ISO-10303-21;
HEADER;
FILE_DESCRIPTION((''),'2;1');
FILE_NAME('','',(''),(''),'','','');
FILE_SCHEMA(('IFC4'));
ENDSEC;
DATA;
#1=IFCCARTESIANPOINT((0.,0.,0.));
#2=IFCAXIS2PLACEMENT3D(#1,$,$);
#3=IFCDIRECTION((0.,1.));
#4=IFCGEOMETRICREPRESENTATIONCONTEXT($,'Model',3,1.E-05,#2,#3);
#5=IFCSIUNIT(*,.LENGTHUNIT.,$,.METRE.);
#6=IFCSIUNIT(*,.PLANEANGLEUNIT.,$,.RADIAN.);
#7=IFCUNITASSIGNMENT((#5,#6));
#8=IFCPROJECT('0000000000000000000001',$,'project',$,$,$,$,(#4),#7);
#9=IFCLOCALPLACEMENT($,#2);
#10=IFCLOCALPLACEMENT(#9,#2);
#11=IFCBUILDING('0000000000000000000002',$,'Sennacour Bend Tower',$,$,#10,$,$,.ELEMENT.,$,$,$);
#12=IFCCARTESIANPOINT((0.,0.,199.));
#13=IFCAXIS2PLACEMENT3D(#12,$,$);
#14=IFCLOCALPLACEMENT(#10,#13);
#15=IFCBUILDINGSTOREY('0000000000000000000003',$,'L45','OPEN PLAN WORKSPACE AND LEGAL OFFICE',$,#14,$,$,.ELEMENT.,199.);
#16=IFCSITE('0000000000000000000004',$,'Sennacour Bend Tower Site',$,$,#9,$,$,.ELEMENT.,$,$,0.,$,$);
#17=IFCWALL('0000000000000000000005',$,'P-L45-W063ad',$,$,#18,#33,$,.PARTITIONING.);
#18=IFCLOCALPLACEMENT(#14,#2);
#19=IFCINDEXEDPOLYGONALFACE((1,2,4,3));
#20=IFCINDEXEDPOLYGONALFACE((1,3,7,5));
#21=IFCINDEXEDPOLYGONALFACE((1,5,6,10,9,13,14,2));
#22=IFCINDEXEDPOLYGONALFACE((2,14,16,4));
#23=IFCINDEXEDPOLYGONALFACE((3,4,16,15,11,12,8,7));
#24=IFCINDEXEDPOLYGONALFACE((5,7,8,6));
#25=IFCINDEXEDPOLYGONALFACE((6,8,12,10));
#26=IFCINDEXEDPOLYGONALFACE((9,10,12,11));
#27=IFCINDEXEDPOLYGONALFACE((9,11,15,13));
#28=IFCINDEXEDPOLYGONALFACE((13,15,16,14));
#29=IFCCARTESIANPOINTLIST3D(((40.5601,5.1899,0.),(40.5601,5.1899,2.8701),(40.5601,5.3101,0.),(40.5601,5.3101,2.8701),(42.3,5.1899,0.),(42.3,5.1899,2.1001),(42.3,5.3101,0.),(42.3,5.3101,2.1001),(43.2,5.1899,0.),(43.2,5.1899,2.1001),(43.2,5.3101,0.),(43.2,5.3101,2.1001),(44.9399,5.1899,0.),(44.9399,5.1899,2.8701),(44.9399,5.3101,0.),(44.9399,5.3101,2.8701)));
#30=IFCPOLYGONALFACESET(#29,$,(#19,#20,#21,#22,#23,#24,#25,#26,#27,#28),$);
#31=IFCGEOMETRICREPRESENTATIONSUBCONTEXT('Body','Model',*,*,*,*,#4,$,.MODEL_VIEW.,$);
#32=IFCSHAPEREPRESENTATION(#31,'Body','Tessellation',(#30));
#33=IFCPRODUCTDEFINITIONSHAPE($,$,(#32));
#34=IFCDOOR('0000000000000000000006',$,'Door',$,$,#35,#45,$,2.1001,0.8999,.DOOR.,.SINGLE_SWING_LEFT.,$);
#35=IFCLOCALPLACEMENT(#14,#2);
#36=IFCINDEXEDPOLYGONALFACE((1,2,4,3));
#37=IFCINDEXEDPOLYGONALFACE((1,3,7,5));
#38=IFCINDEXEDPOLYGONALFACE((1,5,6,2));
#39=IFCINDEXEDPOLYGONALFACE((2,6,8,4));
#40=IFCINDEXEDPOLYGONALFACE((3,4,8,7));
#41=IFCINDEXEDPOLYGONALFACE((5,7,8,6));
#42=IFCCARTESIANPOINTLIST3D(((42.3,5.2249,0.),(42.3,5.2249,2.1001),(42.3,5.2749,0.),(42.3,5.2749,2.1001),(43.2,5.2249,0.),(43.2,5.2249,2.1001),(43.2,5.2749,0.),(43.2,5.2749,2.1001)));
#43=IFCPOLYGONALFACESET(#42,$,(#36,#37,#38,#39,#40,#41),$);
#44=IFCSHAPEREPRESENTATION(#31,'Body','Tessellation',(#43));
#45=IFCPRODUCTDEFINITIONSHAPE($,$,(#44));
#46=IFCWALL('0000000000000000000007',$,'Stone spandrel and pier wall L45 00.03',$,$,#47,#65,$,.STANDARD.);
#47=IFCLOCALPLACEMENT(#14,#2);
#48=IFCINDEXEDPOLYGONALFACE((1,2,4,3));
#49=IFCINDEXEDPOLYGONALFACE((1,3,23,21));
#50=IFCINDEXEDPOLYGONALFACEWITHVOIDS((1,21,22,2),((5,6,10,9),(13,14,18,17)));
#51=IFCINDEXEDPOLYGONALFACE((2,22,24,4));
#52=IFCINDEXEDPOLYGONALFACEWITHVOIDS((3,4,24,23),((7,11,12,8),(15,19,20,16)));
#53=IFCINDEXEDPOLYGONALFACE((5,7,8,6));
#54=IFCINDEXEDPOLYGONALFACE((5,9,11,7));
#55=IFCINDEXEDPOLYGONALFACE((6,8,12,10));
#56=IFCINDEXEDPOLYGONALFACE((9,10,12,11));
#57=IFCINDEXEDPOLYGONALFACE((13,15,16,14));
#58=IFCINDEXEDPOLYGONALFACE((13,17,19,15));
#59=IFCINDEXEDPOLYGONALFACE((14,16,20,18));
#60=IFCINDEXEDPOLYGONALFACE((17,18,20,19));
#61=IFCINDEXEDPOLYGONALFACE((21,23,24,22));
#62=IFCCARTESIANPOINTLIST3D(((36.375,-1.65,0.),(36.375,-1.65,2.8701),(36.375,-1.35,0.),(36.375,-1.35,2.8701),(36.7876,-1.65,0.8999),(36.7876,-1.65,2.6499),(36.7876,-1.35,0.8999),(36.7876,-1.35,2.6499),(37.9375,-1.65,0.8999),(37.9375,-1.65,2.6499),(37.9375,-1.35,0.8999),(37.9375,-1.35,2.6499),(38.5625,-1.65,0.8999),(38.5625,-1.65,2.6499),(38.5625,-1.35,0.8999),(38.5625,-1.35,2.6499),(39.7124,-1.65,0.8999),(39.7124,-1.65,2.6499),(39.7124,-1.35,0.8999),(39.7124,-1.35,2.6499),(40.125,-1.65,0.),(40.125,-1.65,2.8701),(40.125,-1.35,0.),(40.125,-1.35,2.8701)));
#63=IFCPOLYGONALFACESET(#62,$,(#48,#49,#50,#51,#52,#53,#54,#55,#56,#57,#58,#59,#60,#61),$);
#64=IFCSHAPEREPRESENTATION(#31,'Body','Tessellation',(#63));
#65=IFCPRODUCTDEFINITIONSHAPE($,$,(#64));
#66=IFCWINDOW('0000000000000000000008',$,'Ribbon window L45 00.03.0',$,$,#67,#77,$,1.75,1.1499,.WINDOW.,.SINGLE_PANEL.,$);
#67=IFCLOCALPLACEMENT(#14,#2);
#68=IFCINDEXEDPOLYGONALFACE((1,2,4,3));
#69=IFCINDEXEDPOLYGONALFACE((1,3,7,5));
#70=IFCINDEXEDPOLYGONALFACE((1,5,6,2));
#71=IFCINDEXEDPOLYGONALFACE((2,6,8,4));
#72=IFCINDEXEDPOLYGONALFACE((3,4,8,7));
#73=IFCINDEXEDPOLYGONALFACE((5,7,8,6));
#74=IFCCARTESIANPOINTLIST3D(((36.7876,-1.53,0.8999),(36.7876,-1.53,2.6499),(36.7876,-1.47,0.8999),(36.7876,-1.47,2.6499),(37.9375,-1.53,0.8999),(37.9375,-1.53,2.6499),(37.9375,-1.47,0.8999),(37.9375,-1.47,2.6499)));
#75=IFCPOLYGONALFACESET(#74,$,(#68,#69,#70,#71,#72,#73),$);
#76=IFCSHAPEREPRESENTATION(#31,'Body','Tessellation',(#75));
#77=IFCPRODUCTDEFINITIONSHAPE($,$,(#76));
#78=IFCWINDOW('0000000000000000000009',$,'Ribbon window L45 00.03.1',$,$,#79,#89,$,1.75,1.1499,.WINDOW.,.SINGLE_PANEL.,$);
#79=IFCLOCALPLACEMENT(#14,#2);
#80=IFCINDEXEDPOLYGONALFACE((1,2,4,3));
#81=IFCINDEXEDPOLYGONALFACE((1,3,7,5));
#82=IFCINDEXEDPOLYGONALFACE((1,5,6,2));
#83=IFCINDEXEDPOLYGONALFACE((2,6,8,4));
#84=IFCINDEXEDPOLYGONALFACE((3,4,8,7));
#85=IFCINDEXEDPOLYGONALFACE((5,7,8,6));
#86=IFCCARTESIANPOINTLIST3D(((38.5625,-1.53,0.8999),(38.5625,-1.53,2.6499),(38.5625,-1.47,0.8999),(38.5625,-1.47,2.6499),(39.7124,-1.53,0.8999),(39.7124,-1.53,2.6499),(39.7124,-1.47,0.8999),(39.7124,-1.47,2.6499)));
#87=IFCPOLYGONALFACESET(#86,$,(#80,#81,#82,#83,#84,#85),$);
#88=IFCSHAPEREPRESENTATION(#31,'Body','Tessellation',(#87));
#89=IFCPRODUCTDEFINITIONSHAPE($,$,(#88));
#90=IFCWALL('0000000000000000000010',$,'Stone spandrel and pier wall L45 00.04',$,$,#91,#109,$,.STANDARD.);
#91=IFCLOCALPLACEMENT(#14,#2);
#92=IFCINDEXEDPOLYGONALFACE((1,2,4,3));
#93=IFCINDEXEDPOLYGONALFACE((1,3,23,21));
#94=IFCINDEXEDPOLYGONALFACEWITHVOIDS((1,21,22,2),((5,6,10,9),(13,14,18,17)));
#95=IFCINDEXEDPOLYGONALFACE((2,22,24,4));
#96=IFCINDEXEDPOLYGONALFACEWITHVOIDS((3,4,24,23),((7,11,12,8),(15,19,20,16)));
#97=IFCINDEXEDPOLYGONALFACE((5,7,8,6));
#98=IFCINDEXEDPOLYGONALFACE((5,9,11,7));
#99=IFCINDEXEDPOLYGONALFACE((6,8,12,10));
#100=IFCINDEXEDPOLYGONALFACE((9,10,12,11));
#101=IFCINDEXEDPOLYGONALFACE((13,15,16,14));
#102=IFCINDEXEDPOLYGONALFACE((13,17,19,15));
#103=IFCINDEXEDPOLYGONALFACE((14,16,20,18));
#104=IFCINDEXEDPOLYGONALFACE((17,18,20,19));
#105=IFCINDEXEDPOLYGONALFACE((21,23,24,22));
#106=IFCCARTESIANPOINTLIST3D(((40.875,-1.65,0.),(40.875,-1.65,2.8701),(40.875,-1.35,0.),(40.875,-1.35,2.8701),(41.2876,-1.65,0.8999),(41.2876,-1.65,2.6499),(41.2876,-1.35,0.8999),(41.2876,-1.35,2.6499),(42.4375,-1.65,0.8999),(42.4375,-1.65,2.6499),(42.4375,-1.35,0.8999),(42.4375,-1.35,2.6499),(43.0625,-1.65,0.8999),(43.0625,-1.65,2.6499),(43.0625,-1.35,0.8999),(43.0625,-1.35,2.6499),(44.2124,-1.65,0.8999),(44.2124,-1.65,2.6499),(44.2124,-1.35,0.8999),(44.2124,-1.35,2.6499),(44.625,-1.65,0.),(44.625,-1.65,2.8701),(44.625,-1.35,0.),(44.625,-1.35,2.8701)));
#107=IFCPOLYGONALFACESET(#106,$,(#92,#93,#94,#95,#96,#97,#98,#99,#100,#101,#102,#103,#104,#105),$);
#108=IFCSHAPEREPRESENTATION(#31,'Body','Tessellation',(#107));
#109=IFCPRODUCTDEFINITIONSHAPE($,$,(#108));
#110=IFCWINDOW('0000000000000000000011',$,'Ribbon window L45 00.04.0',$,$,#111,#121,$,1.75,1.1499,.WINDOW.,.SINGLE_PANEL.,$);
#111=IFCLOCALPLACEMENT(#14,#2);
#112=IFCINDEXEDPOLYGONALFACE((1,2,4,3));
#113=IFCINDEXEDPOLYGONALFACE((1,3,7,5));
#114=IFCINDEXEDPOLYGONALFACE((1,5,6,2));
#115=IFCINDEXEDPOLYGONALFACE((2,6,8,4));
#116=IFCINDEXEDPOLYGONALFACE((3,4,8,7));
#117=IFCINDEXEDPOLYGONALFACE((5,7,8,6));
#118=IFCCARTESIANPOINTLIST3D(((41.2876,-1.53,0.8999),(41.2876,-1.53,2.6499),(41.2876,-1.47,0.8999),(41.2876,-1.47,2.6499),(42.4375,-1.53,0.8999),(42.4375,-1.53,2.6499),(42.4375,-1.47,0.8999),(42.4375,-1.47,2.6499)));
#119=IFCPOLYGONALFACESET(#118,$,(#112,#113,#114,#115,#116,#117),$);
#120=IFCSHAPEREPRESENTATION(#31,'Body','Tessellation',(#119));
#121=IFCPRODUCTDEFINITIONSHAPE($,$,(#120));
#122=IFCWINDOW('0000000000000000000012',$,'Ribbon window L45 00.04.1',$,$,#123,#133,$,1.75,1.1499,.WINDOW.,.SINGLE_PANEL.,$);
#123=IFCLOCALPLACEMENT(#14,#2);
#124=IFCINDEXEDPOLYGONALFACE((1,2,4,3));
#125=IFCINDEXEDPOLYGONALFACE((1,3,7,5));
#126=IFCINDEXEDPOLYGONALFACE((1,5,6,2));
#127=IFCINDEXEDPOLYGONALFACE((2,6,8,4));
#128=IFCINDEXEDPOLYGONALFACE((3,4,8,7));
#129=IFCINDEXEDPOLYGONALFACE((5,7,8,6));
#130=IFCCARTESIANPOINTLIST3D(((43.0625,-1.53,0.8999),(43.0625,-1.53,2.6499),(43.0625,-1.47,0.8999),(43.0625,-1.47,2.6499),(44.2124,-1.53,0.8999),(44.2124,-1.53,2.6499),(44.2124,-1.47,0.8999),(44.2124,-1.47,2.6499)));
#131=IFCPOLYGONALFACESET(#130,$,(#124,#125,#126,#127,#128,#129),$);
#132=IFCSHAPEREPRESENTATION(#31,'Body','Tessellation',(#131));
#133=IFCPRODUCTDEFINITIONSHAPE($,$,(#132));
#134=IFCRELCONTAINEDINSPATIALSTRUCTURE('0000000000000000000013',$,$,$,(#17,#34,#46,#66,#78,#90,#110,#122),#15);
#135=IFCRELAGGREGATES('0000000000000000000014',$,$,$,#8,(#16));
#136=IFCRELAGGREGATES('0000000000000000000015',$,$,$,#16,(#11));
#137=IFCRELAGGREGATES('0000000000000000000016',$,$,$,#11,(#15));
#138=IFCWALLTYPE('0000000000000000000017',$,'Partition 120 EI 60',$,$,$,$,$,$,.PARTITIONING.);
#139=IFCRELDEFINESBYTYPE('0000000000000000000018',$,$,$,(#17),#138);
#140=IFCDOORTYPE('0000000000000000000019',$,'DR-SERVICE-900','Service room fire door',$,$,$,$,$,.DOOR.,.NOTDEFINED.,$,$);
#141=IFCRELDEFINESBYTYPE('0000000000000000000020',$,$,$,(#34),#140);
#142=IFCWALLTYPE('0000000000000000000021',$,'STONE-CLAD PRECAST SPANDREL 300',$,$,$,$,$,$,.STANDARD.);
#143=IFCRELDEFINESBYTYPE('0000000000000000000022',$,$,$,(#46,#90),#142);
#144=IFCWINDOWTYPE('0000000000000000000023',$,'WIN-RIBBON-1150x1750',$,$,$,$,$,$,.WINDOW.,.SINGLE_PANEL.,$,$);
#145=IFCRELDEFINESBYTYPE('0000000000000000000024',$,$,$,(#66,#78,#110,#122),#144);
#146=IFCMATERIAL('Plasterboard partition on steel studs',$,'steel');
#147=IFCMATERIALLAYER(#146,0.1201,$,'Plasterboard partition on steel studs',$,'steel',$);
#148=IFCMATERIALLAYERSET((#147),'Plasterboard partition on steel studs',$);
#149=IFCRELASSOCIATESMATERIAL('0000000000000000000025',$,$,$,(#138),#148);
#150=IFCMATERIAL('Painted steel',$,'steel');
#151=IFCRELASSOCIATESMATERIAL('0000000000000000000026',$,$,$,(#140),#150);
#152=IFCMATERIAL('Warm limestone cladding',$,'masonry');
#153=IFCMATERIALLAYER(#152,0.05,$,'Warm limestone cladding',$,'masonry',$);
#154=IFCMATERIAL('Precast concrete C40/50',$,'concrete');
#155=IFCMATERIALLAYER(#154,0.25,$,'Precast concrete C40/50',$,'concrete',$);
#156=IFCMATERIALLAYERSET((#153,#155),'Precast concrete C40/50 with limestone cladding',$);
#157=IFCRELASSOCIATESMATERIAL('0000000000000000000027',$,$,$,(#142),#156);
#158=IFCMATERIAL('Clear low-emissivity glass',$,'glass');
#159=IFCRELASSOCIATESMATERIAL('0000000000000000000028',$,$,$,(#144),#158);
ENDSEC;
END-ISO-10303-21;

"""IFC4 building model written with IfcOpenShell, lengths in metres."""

from ifc_helpers import new_model, si_unit, direction, frame, frame_2d, origin, place, context, subcontext, project, spatial, rectangle, extrude, material, layer, layer_set, type_object, element, fill, save


model = new_model("IFC4")

# Units and contexts
model_context = context("Model", 3, precision=1e-05, world=origin(), true_north=direction((0.0, 1.0)))
body_context = subcontext(model_context, "Body", "Model", "MODEL_VIEW")
ifc_project = project(units=[si_unit("LENGTHUNIT", "METRE"), si_unit("PLANEANGLEUNIT", "RADIAN")], contexts=[model_context])

# Site, building, storey
site_placement = place(None, origin())
site = spatial("IfcSite", under=ifc_project, at=site_placement, Name="Sennacour Bend Tower Site", CompositionType="ELEMENT", RefElevation=0.0)
building_placement = place(site_placement, origin())
building = spatial("IfcBuilding", under=site, at=building_placement, Name="Sennacour Bend Tower", CompositionType="ELEMENT")
storey_placement = place(building_placement, frame((0.0, 0.0, 199.0)))
storey = spatial("IfcBuildingStorey", under=building, at=storey_placement, Name="L45", Description="OPEN PLAN WORKSPACE AND LEGAL OFFICE", CompositionType="ELEMENT", Elevation=199.0)

# Shared definitions
ifc_material_1 = material(Name="Plasterboard partition on steel studs", Category="steel")

# Wall, opening, door
ifc_layer_1 = layer(ifc_material_1, 0.1201, Name="Plasterboard partition on steel studs", Category="steel")
ifc_layer_set_1 = layer_set([ifc_layer_1], Name="Plasterboard partition on steel studs")
wall_type_1 = type_object("IfcWallType", Name="Partition 120 EI 60", PredefinedType="PARTITIONING", material=ifc_layer_set_1)
wall_1_placement = place(storey_placement, frame((40.5601, 5.25, 0.0), z_axis=(0.0, 0.0, 1.0), x_axis=(1.0, 0.0, 0.0)))
wall_1 = element("IfcWall", 1, at=wall_1_placement, inside=storey, type_object=wall_type_1, Name="P-L45-W063ad", PredefinedType="PARTITIONING", context=body_context, shape_type="SweptSolid", body=[
    extrude(rectangle(XDim=4.3799, YDim=0.1201, at=frame_2d((2.1899, 0.0))), origin(), (0.0, 0.0, 1.0), 2.8701),
])
opening_1_placement = place(wall_1_placement, frame((1.74, 0.0, 0.0)))
opening_1 = element("IfcOpeningElement", 2, at=opening_1_placement, cuts=wall_1, PredefinedType="OPENING", context=body_context, shape_type="SweptSolid", body=[
    extrude(rectangle(XDim=0.8999, YDim=2.1001, at=frame_2d((0.45, 1.05))), frame((0.0, 0.0701, 0.0), z_axis=(0.0, -1.0, 0.0), x_axis=(1.0, 0.0, 0.0)), (0.0, 0.0, 1.0), 0.1401),
])
ifc_material_2 = material(Name="Painted steel", Category="steel")
door_type_1 = type_object("IfcDoorType", Name="DR-SERVICE-900", Description="Service room fire door", OperationType="NOTDEFINED", PredefinedType="DOOR", material=ifc_material_2)
door_1_placement = place(opening_1_placement, origin())
door_1 = element("IfcDoor", 3, at=door_1_placement, inside=storey, type_object=door_type_1, Name="Door", OperationType="SINGLE_SWING_LEFT", OverallHeight=2.1001, OverallWidth=0.8999, PredefinedType="DOOR", context=body_context, shape_type="SweptSolid", body=[
    extrude(rectangle(XDim=0.8999, YDim=2.1001, at=frame_2d((0.45, 1.05))), frame((0.0, 0.0249, 0.0), z_axis=(0.0, -1.0, 0.0), x_axis=(1.0, 0.0, 0.0)), (0.0, 0.0, 1.0), 0.05),
])
fill(opening_1, door_1)

# Walls, openings, windows
ifc_material_3 = material(Name="Warm limestone cladding", Category="masonry")
ifc_layer_2 = layer(ifc_material_3, 0.05, Name="Warm limestone cladding", Category="masonry")
ifc_material_4 = material(Name="Precast concrete C40/50", Category="concrete")
ifc_layer_3 = layer(ifc_material_4, 0.25, Name="Precast concrete C40/50", Category="concrete")
ifc_layer_set_2 = layer_set([ifc_layer_2, ifc_layer_3], Name="Precast concrete C40/50 with limestone cladding")
wall_type_2 = type_object("IfcWallType", Name="STONE-CLAD PRECAST SPANDREL 300", PredefinedType="STANDARD", material=ifc_layer_set_2)
wall_2_placement = place(storey_placement, frame((36.375, -1.5, 0.0), z_axis=(0.0, 0.0, 1.0), x_axis=(1.0, 0.0, 0.0)))
wall_2 = element("IfcWall", 4, at=wall_2_placement, inside=storey, type_object=wall_type_2, Name="Stone spandrel and pier wall L45 00.03", PredefinedType="STANDARD", context=body_context, shape_type="SweptSolid", body=[
    extrude(rectangle(XDim=3.75, YDim=0.3, at=frame_2d((1.875, 0.0))), origin(), (0.0, 0.0, 1.0), 2.8701),
])
opening_2_placement = place(wall_2_placement, frame((0.4126, 0.0, 0.8999)))
opening_2 = element("IfcOpeningElement", 5, at=opening_2_placement, cuts=wall_2, PredefinedType="OPENING", context=body_context, shape_type="SweptSolid", body=[
    extrude(rectangle(XDim=1.1499, YDim=1.75, at=frame_2d((0.575, 0.875))), frame((0.0, 0.1602, 0.0), z_axis=(0.0, -1.0, 0.0), x_axis=(1.0, 0.0, 0.0)), (0.0, 0.0, 1.0), 0.3201),
])
opening_3_placement = place(wall_2_placement, frame((2.1875, 0.0, 0.8999)))
opening_3 = element("IfcOpeningElement", 6, at=opening_3_placement, cuts=wall_2, PredefinedType="OPENING", context=body_context, shape_type="SweptSolid", body=[
    extrude(rectangle(XDim=1.1499, YDim=1.75, at=frame_2d((0.575, 0.875))), frame((0.0, 0.1602, 0.0), z_axis=(0.0, -1.0, 0.0), x_axis=(1.0, 0.0, 0.0)), (0.0, 0.0, 1.0), 0.3201),
])
ifc_material_5 = material(Name="Clear low-emissivity glass", Category="glass")
window_type = type_object("IfcWindowType", Name="WIN-RIBBON-1150x1750", PartitioningType="SINGLE_PANEL", PredefinedType="WINDOW", material=ifc_material_5)
window_1_placement = place(opening_2_placement, origin())
window_1 = element("IfcWindow", 7, at=window_1_placement, inside=storey, type_object=window_type, Name="Ribbon window L45 00.03.0", OverallHeight=1.75, OverallWidth=1.1499, PartitioningType="SINGLE_PANEL", PredefinedType="WINDOW", context=body_context, shape_type="SweptSolid", body=[
    extrude(rectangle(XDim=1.1499, YDim=1.75, at=frame_2d((0.575, 0.875))), frame((0.0, 0.03, 0.0), z_axis=(0.0, -1.0, 0.0), x_axis=(1.0, 0.0, 0.0)), (0.0, 0.0, 1.0), 0.0601),
])
fill(opening_2, window_1)
window_2_placement = place(opening_3_placement, origin())
window_2 = element("IfcWindow", 8, at=window_2_placement, inside=storey, type_object=window_type, Name="Ribbon window L45 00.03.1", OverallHeight=1.75, OverallWidth=1.1499, PartitioningType="SINGLE_PANEL", PredefinedType="WINDOW", context=body_context, shape_type="SweptSolid", body=[
    extrude(rectangle(XDim=1.1499, YDim=1.75, at=frame_2d((0.575, 0.875))), frame((0.0, 0.03, 0.0), z_axis=(0.0, -1.0, 0.0), x_axis=(1.0, 0.0, 0.0)), (0.0, 0.0, 1.0), 0.0601),
])
fill(opening_3, window_2)
wall_3_placement = place(storey_placement, frame((40.875, -1.5, 0.0), z_axis=(0.0, 0.0, 1.0), x_axis=(1.0, 0.0, 0.0)))
wall_3 = element("IfcWall", 9, at=wall_3_placement, inside=storey, type_object=wall_type_2, Name="Stone spandrel and pier wall L45 00.04", PredefinedType="STANDARD", context=body_context, shape_type="SweptSolid", body=[
    extrude(rectangle(XDim=3.75, YDim=0.3, at=frame_2d((1.875, 0.0))), origin(), (0.0, 0.0, 1.0), 2.8701),
])
opening_4_placement = place(wall_3_placement, frame((0.4126, 0.0, 0.8999)))
opening_4 = element("IfcOpeningElement", 10, at=opening_4_placement, cuts=wall_3, PredefinedType="OPENING", context=body_context, shape_type="SweptSolid", body=[
    extrude(rectangle(XDim=1.1499, YDim=1.75, at=frame_2d((0.575, 0.875))), frame((0.0, 0.1602, 0.0), z_axis=(0.0, -1.0, 0.0), x_axis=(1.0, 0.0, 0.0)), (0.0, 0.0, 1.0), 0.3201),
])
opening_5_placement = place(wall_3_placement, frame((2.1875, 0.0, 0.8999)))
opening_5 = element("IfcOpeningElement", 11, at=opening_5_placement, cuts=wall_3, PredefinedType="OPENING", context=body_context, shape_type="SweptSolid", body=[
    extrude(rectangle(XDim=1.1499, YDim=1.75, at=frame_2d((0.575, 0.875))), frame((0.0, 0.1602, 0.0), z_axis=(0.0, -1.0, 0.0), x_axis=(1.0, 0.0, 0.0)), (0.0, 0.0, 1.0), 0.3201),
])
window_3_placement = place(opening_4_placement, origin())
window_3 = element("IfcWindow", 12, at=window_3_placement, inside=storey, type_object=window_type, Name="Ribbon window L45 00.04.0", OverallHeight=1.75, OverallWidth=1.1499, PartitioningType="SINGLE_PANEL", PredefinedType="WINDOW", context=body_context, shape_type="SweptSolid", body=[
    extrude(rectangle(XDim=1.1499, YDim=1.75, at=frame_2d((0.575, 0.875))), frame((0.0, 0.03, 0.0), z_axis=(0.0, -1.0, 0.0), x_axis=(1.0, 0.0, 0.0)), (0.0, 0.0, 1.0), 0.0601),
])
fill(opening_4, window_3)
window_4_placement = place(opening_5_placement, origin())
window_4 = element("IfcWindow", 13, at=window_4_placement, inside=storey, type_object=window_type, Name="Ribbon window L45 00.04.1", OverallHeight=1.75, OverallWidth=1.1499, PartitioningType="SINGLE_PANEL", PredefinedType="WINDOW", context=body_context, shape_type="SweptSolid", body=[
    extrude(rectangle(XDim=1.1499, YDim=1.75, at=frame_2d((0.575, 0.875))), frame((0.0, 0.03, 0.0), z_axis=(0.0, -1.0, 0.0), x_axis=(1.0, 0.0, 0.0)), (0.0, 0.0, 1.0), 0.0601),
])
fill(opening_5, window_4)

save(model, "model.ifc")
